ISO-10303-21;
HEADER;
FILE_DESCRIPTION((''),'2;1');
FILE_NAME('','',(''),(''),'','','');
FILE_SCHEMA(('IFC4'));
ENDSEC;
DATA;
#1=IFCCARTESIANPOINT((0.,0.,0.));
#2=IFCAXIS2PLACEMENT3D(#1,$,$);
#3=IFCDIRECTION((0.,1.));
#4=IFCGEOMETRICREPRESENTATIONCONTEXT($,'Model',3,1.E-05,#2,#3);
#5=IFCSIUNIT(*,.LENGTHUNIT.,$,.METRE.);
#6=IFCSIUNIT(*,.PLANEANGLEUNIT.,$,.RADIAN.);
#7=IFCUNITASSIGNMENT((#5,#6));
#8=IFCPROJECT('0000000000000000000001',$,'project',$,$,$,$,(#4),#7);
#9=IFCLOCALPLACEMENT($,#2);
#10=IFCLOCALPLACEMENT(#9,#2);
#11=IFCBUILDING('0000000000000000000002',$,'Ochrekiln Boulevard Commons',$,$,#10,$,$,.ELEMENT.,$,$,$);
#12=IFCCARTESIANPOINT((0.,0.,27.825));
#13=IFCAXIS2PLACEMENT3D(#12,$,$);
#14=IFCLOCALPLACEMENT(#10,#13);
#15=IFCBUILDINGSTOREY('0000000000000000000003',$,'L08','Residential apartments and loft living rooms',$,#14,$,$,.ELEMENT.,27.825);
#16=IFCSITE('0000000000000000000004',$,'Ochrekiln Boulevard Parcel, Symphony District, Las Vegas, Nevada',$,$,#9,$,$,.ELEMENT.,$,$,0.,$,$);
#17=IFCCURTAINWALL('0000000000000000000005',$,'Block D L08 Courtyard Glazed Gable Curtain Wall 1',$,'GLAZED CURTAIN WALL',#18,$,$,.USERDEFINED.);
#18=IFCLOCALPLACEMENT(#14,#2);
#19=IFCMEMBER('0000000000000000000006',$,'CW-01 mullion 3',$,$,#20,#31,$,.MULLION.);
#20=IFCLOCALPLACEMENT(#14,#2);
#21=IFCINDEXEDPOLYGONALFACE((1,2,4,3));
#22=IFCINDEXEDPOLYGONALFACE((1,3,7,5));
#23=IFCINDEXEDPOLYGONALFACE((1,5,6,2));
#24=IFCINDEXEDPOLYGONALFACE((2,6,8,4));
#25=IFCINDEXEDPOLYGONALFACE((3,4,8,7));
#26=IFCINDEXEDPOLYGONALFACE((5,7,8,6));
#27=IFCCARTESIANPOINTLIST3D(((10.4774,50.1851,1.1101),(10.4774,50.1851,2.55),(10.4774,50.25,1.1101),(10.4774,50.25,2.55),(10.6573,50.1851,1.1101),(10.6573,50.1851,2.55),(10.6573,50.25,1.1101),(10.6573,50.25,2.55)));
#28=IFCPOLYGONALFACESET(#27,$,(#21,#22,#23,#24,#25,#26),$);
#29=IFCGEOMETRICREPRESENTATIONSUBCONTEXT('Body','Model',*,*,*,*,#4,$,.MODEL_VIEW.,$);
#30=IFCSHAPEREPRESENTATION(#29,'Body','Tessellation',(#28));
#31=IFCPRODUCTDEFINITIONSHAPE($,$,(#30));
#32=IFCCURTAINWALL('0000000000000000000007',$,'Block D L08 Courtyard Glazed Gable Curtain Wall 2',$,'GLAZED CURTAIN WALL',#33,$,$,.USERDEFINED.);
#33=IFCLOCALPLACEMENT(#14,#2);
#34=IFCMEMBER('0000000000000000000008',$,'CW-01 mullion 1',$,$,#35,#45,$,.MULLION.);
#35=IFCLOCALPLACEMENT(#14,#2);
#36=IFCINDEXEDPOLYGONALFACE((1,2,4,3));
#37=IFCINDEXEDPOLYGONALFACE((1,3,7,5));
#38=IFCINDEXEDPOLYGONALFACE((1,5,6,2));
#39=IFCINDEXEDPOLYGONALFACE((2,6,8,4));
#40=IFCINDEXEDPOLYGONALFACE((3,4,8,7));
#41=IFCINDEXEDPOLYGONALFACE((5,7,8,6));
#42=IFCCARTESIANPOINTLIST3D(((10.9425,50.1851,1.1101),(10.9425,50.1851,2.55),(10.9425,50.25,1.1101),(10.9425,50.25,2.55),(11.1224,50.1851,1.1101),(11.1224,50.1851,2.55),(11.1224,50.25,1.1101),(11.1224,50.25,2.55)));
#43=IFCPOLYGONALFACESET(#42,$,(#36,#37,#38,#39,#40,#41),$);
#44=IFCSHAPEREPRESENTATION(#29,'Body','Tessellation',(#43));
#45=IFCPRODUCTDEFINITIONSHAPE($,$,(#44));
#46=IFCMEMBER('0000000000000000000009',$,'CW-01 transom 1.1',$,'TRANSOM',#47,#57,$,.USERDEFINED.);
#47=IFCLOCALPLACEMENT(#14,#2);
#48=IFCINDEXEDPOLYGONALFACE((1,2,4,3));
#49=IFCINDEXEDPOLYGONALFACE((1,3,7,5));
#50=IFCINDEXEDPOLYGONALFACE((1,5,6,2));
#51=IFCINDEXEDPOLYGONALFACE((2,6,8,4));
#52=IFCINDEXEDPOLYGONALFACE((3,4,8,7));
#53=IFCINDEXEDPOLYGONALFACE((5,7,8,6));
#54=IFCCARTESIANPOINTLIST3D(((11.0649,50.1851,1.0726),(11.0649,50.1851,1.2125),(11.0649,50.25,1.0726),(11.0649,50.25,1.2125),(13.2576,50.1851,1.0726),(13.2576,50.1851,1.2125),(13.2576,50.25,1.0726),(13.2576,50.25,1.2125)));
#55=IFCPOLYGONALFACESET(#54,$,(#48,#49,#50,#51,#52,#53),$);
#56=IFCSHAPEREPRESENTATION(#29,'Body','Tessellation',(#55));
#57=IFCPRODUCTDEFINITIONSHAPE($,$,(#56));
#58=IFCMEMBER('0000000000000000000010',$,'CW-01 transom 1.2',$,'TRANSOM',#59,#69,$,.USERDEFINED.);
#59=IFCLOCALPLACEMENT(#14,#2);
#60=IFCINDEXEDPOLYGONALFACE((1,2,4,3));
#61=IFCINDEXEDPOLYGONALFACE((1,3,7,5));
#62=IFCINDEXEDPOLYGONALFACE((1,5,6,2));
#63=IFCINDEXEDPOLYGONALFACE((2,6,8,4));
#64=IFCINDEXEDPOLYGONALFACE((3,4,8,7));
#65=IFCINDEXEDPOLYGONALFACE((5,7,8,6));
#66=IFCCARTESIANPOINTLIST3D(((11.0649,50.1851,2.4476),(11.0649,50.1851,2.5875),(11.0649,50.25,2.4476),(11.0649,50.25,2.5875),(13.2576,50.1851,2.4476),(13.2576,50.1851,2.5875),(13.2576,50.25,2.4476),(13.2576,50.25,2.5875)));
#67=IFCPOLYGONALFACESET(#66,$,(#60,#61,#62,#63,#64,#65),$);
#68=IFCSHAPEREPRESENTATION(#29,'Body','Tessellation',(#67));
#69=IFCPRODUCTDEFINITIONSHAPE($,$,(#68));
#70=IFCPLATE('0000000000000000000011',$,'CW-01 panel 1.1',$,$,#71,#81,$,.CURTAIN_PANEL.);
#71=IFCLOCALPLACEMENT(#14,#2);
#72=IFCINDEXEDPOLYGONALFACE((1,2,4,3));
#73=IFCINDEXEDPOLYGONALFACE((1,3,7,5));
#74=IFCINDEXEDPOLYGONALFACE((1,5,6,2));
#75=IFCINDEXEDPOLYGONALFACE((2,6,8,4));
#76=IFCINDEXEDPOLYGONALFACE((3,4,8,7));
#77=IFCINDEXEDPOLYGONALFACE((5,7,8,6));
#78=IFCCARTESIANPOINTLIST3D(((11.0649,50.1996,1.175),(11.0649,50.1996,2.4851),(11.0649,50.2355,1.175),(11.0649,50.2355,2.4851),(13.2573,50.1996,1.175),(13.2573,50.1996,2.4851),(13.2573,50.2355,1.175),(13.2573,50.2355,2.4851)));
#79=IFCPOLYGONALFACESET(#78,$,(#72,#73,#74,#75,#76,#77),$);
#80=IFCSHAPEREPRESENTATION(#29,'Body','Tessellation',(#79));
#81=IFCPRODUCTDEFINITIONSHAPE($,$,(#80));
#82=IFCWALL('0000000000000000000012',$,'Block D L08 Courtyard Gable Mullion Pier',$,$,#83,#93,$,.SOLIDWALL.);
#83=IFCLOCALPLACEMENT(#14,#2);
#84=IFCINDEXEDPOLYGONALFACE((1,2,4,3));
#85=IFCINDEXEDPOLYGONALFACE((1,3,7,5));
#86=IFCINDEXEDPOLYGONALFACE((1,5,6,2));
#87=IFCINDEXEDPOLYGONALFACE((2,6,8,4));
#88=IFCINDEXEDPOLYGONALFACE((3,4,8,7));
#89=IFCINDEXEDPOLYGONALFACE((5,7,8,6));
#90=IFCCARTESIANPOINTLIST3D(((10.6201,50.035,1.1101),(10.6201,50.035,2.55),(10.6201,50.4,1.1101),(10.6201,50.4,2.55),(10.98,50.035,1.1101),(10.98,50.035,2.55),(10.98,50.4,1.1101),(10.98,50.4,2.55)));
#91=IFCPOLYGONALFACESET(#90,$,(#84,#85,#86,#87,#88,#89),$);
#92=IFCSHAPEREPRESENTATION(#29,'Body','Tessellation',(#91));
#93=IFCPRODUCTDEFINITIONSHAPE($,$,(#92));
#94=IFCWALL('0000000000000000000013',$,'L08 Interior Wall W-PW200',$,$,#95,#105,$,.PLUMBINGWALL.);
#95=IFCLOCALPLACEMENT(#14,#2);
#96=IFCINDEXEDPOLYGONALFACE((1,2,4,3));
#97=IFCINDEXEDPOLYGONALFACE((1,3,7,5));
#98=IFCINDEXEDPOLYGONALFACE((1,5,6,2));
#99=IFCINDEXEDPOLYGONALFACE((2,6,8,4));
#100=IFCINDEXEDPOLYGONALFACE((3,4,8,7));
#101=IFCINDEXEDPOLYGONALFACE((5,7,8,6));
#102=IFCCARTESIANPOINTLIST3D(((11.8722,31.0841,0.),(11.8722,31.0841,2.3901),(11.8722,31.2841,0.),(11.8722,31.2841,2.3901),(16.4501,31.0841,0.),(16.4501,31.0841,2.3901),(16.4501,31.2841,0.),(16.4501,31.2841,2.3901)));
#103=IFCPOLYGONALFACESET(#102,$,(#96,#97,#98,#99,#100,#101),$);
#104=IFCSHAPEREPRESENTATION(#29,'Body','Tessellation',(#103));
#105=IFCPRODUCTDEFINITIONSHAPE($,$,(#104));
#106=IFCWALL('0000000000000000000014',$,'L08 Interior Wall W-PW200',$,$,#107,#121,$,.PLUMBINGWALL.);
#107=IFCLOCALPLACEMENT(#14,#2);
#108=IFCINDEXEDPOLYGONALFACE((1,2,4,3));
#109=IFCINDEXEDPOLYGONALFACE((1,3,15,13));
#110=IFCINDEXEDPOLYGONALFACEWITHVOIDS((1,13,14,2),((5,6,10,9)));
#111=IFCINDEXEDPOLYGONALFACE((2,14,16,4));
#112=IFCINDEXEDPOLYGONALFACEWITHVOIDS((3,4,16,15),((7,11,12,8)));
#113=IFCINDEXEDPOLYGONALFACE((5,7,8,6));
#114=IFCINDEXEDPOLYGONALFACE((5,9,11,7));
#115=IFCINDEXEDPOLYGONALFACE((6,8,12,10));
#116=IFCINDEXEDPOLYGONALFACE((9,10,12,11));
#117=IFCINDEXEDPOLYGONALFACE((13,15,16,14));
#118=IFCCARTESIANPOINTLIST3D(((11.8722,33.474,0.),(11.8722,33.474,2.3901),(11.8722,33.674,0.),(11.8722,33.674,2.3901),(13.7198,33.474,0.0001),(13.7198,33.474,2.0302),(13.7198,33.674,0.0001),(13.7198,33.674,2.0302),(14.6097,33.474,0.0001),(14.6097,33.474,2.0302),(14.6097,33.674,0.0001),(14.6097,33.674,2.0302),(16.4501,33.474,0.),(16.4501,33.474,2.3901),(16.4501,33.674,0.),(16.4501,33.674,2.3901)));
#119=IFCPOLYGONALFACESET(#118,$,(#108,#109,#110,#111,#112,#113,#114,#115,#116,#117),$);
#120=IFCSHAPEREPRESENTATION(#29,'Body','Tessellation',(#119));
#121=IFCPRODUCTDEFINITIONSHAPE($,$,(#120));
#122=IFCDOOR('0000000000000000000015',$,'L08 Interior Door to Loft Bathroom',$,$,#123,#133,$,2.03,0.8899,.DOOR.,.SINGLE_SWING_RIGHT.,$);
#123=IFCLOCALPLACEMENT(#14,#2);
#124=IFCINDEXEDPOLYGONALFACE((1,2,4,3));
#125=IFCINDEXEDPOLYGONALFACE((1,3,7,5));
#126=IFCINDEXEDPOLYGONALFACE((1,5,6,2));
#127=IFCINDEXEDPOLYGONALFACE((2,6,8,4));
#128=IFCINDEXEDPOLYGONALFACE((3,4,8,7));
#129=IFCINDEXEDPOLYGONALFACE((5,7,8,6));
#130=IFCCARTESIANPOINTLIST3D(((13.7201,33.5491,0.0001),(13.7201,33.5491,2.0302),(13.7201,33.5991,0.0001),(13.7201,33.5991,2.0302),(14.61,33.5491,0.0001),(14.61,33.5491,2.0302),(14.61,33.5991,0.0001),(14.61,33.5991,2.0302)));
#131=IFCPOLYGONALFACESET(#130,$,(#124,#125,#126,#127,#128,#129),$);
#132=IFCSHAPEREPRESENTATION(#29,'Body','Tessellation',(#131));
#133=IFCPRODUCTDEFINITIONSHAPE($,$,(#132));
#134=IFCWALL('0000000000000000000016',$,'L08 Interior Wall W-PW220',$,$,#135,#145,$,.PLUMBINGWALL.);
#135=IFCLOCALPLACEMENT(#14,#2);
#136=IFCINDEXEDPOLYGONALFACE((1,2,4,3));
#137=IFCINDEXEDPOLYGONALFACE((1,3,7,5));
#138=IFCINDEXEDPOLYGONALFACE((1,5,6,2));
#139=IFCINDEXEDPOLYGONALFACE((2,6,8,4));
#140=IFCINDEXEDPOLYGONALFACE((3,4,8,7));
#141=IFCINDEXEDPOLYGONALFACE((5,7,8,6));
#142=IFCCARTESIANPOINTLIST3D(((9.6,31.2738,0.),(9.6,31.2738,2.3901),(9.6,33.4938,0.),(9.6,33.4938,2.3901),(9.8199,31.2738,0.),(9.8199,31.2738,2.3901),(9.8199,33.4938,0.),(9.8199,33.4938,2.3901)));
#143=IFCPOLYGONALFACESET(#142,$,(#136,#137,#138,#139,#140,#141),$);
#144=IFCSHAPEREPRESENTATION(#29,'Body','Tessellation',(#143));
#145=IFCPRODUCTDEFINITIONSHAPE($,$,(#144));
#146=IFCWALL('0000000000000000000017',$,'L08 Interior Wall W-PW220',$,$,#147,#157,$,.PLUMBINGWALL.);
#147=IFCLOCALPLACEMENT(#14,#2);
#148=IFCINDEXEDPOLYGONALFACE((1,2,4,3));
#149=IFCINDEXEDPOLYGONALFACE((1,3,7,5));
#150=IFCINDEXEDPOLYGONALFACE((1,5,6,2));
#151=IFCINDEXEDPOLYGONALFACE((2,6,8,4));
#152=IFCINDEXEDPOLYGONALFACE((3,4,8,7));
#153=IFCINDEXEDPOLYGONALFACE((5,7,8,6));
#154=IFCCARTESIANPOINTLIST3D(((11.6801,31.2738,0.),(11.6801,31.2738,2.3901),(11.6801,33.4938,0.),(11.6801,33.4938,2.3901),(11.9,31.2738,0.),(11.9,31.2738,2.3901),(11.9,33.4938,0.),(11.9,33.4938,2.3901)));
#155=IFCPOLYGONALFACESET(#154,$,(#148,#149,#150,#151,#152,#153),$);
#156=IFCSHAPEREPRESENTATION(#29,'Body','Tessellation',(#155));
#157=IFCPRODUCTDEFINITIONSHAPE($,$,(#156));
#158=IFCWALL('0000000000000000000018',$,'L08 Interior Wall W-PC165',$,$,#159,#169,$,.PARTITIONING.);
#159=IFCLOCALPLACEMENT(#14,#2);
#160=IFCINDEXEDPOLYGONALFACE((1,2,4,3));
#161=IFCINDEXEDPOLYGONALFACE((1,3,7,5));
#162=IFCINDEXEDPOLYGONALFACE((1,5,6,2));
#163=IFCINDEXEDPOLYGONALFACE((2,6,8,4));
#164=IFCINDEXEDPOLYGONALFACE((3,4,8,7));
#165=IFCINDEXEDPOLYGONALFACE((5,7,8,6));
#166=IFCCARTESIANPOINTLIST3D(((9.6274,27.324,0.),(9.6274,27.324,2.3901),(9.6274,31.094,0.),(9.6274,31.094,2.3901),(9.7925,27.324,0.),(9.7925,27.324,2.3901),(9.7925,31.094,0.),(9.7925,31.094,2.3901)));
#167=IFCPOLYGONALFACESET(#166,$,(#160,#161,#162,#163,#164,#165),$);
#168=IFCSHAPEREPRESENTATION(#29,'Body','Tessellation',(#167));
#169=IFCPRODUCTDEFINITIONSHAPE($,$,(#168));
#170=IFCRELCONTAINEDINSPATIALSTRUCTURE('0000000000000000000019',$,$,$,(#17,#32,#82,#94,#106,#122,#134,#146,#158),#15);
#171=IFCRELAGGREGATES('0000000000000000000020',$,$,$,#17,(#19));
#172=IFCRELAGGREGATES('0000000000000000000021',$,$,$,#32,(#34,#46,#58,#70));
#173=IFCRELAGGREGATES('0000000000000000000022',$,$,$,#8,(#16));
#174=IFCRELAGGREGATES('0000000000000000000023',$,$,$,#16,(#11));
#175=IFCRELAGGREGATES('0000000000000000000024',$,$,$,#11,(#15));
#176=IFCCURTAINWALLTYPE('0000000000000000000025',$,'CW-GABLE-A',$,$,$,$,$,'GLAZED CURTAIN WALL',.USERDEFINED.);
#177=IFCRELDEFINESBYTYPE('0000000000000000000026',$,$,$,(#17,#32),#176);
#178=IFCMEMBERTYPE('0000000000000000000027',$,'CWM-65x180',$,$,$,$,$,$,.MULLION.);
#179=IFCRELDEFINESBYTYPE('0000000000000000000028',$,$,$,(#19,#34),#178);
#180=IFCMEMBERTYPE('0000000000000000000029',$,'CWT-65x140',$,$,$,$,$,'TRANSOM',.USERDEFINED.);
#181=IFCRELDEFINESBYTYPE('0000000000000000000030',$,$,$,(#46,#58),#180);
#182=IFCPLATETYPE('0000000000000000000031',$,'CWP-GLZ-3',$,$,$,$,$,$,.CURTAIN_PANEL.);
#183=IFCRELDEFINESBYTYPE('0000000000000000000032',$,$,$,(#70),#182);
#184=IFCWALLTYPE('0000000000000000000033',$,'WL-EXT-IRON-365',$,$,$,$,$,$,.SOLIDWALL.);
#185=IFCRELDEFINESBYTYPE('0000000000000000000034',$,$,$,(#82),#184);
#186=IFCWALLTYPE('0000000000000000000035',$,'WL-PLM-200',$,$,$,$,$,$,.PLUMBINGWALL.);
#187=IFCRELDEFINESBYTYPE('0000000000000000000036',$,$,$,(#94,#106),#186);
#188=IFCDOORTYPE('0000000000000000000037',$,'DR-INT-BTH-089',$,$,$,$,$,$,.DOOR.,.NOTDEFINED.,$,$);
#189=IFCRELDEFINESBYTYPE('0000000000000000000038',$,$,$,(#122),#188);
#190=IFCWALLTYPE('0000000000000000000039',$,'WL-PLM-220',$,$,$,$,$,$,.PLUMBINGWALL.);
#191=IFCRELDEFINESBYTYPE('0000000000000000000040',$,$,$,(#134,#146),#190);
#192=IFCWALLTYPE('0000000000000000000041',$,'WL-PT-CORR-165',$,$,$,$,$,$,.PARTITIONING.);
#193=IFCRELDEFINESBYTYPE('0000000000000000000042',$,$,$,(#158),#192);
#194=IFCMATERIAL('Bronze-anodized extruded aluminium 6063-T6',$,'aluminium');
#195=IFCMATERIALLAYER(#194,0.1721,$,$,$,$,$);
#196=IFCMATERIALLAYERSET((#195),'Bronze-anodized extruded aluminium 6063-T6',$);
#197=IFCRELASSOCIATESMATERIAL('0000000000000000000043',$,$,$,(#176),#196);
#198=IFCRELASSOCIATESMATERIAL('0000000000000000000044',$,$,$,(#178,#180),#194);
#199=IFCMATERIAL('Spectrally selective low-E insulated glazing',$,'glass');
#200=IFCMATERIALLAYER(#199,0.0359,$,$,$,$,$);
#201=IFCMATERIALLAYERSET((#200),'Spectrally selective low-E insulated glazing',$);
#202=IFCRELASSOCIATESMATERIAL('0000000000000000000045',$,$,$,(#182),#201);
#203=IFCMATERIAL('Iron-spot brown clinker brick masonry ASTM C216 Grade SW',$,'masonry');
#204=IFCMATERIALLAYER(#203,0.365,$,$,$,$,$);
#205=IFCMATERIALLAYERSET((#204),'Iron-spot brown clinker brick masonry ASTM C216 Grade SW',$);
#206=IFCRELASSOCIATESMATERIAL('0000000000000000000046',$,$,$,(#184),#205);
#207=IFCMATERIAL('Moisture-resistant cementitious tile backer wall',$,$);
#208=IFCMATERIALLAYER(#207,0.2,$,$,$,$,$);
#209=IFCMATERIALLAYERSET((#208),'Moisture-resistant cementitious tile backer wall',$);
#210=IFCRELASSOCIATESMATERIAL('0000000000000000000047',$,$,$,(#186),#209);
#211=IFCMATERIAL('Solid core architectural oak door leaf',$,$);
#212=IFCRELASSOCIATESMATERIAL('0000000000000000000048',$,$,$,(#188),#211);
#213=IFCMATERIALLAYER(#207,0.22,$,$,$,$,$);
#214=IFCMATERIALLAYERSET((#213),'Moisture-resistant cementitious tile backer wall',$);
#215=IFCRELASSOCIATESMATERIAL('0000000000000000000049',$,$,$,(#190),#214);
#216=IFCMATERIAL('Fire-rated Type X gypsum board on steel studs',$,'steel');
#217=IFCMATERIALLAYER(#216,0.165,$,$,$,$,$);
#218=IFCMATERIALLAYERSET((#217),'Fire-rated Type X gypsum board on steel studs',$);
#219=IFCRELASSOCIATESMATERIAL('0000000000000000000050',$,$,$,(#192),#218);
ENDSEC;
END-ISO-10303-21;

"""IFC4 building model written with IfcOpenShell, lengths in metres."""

from ifc_helpers import new_model, si_unit, direction, frame, frame_2d, origin, origin_2d, place, context, subcontext, project, spatial, rectangle, extrude, material, layer, layer_set, material_profile, profile_set, type_object, element, fill, aggregate, save


model = new_model("IFC4")

# Units and contexts
model_context = context("Model", 3, precision=1e-05, world=origin(), true_north=direction((0.0, 1.0)))
body_context = subcontext(model_context, "Body", "Model", "MODEL_VIEW")
ifc_project = project(units=[si_unit("LENGTHUNIT", "METRE"), si_unit("PLANEANGLEUNIT", "RADIAN")], contexts=[model_context])

# Site, building, storey
site_placement = place(None, origin())
site = spatial("IfcSite", under=ifc_project, at=site_placement, Name="Ochrekiln Boulevard Parcel, Symphony District, Las Vegas, Nevada", CompositionType="ELEMENT", RefElevation=0.0)
building_placement = place(site_placement, origin())
building = spatial("IfcBuilding", under=site, at=building_placement, Name="Ochrekiln Boulevard Commons", CompositionType="ELEMENT")
storey_placement = place(building_placement, frame((0.0, 0.0, 27.825)))
storey = spatial("IfcBuildingStorey", under=building, at=storey_placement, Name="L08", Description="Residential apartments and loft living rooms", CompositionType="ELEMENT", Elevation=27.825)

# Curtain wall, member
ifc_material_1 = material(Name="Bronze-anodized extruded aluminium 6063-T6", Category="aluminium")
ifc_layer_1 = layer(ifc_material_1, 0.1721)
ifc_layer_set_1 = layer_set([ifc_layer_1], Name="Bronze-anodized extruded aluminium 6063-T6")
curtain_wall_type = type_object("IfcCurtainWallType", Name="CW-GABLE-A", ElementType="GLAZED CURTAIN WALL", PredefinedType="USERDEFINED", material=ifc_layer_set_1)
curtain_wall_1_placement = place(storey_placement, origin())
curtain_wall_1 = element("IfcCurtainWall", 1, at=curtain_wall_1_placement, inside=storey, type_object=curtain_wall_type, Name="Block D L08 Courtyard Glazed Gable Curtain Wall 1", ObjectType="GLAZED CURTAIN WALL", PredefinedType="USERDEFINED")
ifc_material_profile_1 = material_profile(ifc_material_1, rectangle(XDim=0.0649, YDim=0.1799, at=origin_2d()), Name="ALU-MUL-65x180")
ifc_profile_set_1 = profile_set([ifc_material_profile_1], Name="Bronze-anodized extruded aluminium 6063-T6")
member_type_1 = type_object("IfcMemberType", Name="CWM-65x180", PredefinedType="MULLION", material=ifc_profile_set_1)
member_1_placement = place(storey_placement, frame((10.5674, 50.2175, 1.1101), z_axis=(0.0, 0.0, 1.0), x_axis=(0.0, 1.0, 0.0)))
member_1 = element("IfcMember", 2, at=member_1_placement, type_object=member_type_1, Name="CW-01 mullion 3", PredefinedType="MULLION", context=body_context, shape_type="SweptSolid", body=[
    extrude(rectangle(XDim=0.0649, YDim=0.1799, at=origin_2d()), origin(), (0.0, 0.0, 1.0), 1.4399),
])
aggregate(curtain_wall_1, [member_1])

# Curtain wall, members, plate
curtain_wall_2_placement = place(storey_placement, origin())
curtain_wall_2 = element("IfcCurtainWall", 3, at=curtain_wall_2_placement, inside=storey, type_object=curtain_wall_type, Name="Block D L08 Courtyard Glazed Gable Curtain Wall 2", ObjectType="GLAZED CURTAIN WALL", PredefinedType="USERDEFINED")
member_2_placement = place(storey_placement, frame((11.0325, 50.2175, 1.1101), z_axis=(0.0, 0.0, 1.0), x_axis=(0.0, 1.0, 0.0)))
member_2 = element("IfcMember", 4, at=member_2_placement, type_object=member_type_1, Name="CW-01 mullion 1", PredefinedType="MULLION", context=body_context, shape_type="SweptSolid", body=[
    extrude(rectangle(XDim=0.0649, YDim=0.1799, at=origin_2d()), origin(), (0.0, 0.0, 1.0), 1.4399),
])
ifc_material_profile_2 = material_profile(ifc_material_1, rectangle(XDim=0.0649, YDim=0.1399, at=origin_2d()), Name="ALU-TRN-65x140")
ifc_profile_set_2 = profile_set([ifc_material_profile_2], Name="Bronze-anodized extruded aluminium 6063-T6")
member_type_2 = type_object("IfcMemberType", Name="CWT-65x140", ElementType="TRANSOM", PredefinedType="USERDEFINED", material=ifc_profile_set_2)
member_3_placement = place(storey_placement, frame((11.0649, 50.2175, 1.1426), z_axis=(1.0, 0.0, 0.0), x_axis=(0.0, 1.0, 0.0)))
member_3 = element("IfcMember", 5, at=member_3_placement, type_object=member_type_2, Name="CW-01 transom 1.1", ObjectType="TRANSOM", PredefinedType="USERDEFINED", context=body_context, shape_type="SweptSolid", body=[
    extrude(rectangle(XDim=0.0649, YDim=0.1399, at=origin_2d()), origin(), (0.0, 0.0, 1.0), 2.1926),
])
member_4_placement = place(storey_placement, frame((11.0649, 50.2175, 2.5176), z_axis=(1.0, 0.0, 0.0), x_axis=(0.0, 1.0, 0.0)))
member_4 = element("IfcMember", 6, at=member_4_placement, type_object=member_type_2, Name="CW-01 transom 1.2", ObjectType="TRANSOM", PredefinedType="USERDEFINED", context=body_context, shape_type="SweptSolid", body=[
    extrude(rectangle(XDim=0.0649, YDim=0.1399, at=origin_2d()), origin(), (0.0, 0.0, 1.0), 2.1926),
])
ifc_material_2 = material(Name="Spectrally selective low-E insulated glazing", Category="glass")
ifc_layer_2 = layer(ifc_material_2, 0.0359)
ifc_layer_set_2 = layer_set([ifc_layer_2], Name="Spectrally selective low-E insulated glazing")
plate_type = type_object("IfcPlateType", Name="CWP-GLZ-3", PredefinedType="CURTAIN_PANEL", material=ifc_layer_set_2)
plate_placement = place(storey_placement, frame((12.1611, 50.2175, 1.175), z_axis=(0.0, 0.0, 1.0), x_axis=(1.0, 0.0, 0.0)))
plate = element("IfcPlate", 7, at=plate_placement, type_object=plate_type, Name="CW-01 panel 1.1", PredefinedType="CURTAIN_PANEL", context=body_context, shape_type="SweptSolid", body=[
    extrude(rectangle(XDim=2.1924, YDim=0.0359, at=origin_2d()), origin(), (0.0, 0.0, 1.0), 1.3101),
])
aggregate(curtain_wall_2, [member_2, member_3, member_4, plate])

# Walls
ifc_material_3 = material(Name="Iron-spot brown clinker brick masonry ASTM C216 Grade SW", Category="masonry")
ifc_layer_3 = layer(ifc_material_3, 0.365)
ifc_layer_set_3 = layer_set([ifc_layer_3], Name="Iron-spot brown clinker brick masonry ASTM C216 Grade SW")
wall_type_1 = type_object("IfcWallType", Name="WL-EXT-IRON-365", PredefinedType="SOLIDWALL", material=ifc_layer_set_3)
wall_1_placement = place(storey_placement, frame((10.6201, 50.2175, 1.1101), z_axis=(0.0, 0.0, 1.0), x_axis=(1.0, 0.0, 0.0)))
element("IfcWall", 8, at=wall_1_placement, inside=storey, type_object=wall_type_1, Name="Block D L08 Courtyard Gable Mullion Pier", PredefinedType="SOLIDWALL", context=body_context, shape_type="SweptSolid", body=[
    extrude(rectangle(XDim=0.3599, YDim=0.365, at=frame_2d((0.1799, 0.0))), origin(), (0.0, 0.0, 1.0), 1.4399),
])
ifc_material_4 = material(Name="Moisture-resistant cementitious tile backer wall")
ifc_layer_4 = layer(ifc_material_4, 0.2)
ifc_layer_set_4 = layer_set([ifc_layer_4], Name="Moisture-resistant cementitious tile backer wall")
wall_type_2 = type_object("IfcWallType", Name="WL-PLM-200", PredefinedType="PLUMBINGWALL", material=ifc_layer_set_4)
wall_2_placement = place(storey_placement, frame((11.8721, 31.1841, 0.0), z_axis=(0.0, 0.0, 1.0), x_axis=(1.0, 0.0, 0.0)))
element("IfcWall", 9, at=wall_2_placement, inside=storey, type_object=wall_type_2, Name="L08 Interior Wall W-PW200", PredefinedType="PLUMBINGWALL", context=body_context, shape_type="SweptSolid", body=[
    extrude(rectangle(XDim=4.5779, YDim=0.2, at=frame_2d((2.2891, 0.0))), origin(), (0.0, 0.0, 1.0), 2.3901),
])

# Wall, opening, door
wall_3_placement = place(storey_placement, frame((11.8721, 33.574, 0.0), z_axis=(0.0, 0.0, 1.0), x_axis=(1.0, 0.0, 0.0)))
wall_3 = element("IfcWall", 10, at=wall_3_placement, inside=storey, type_object=wall_type_2, Name="L08 Interior Wall W-PW200", PredefinedType="PLUMBINGWALL", context=body_context, shape_type="SweptSolid", body=[
    extrude(rectangle(XDim=4.5779, YDim=0.2, at=frame_2d((2.2891, 0.0))), origin(), (0.0, 0.0, 1.0), 2.3901),
])
opening_1_placement = place(wall_3_placement, frame((1.8479, 0.0, 0.0)))
opening_1 = element("IfcOpeningElement", 11, at=opening_1_placement, cuts=wall_3, PredefinedType="OPENING", context=body_context, shape_type="SweptSolid", body=[
    extrude(rectangle(XDim=0.8899, YDim=2.03, at=frame_2d((0.4448, 1.0151))), frame((0.0, 0.1099, 0.0), z_axis=(0.0, -1.0, 0.0), x_axis=(1.0, 0.0, 0.0)), (0.0, 0.0, 1.0), 0.22),
])
ifc_material_5 = material(Name="Solid core architectural oak door leaf")
door_type_1 = type_object("IfcDoorType", Name="DR-INT-BTH-089", OperationType="NOTDEFINED", PredefinedType="DOOR", material=ifc_material_5)
door_1_placement = place(opening_1_placement, frame((0.8899, 0.0, 0.0), z_axis=(0.0, 0.0, 1.0), x_axis=(-1.0, 0.0, 0.0)))
door_1 = element("IfcDoor", 12, at=door_1_placement, inside=storey, type_object=door_type_1, Name="L08 Interior Door to Loft Bathroom", OperationType="SINGLE_SWING_RIGHT", OverallHeight=2.03, OverallWidth=0.8899, PredefinedType="DOOR", context=body_context, shape_type="SweptSolid", body=[
    extrude(rectangle(XDim=0.8899, YDim=2.03, at=frame_2d((0.4448, 1.0151))), frame((0.0, 0.0249, 0.0), z_axis=(0.0, -1.0, 0.0), x_axis=(1.0, 0.0, 0.0)), (0.0, 0.0, 1.0), 0.05),
])
fill(opening_1, door_1)

# Walls
ifc_layer_5 = layer(ifc_material_4, 0.22)
ifc_layer_set_5 = layer_set([ifc_layer_5], Name="Moisture-resistant cementitious tile backer wall")
wall_type_3 = type_object("IfcWallType", Name="WL-PLM-220", PredefinedType="PLUMBINGWALL", material=ifc_layer_set_5)
for number, where, z_axis, x_axis, name in (
    (13, (9.71, 31.2739, 0.0), (0.0, 0.0, 1.0), (0.0, 1.0, 0.0), "L08 Interior Wall W-PW220"),
    (14, (11.79, 31.2739, 0.0), (0.0, 0.0, 1.0), (0.0, 1.0, 0.0), "L08 Interior Wall W-PW220"),
):
    element("IfcWall", number, at=place(storey_placement, frame(where, z_axis=z_axis, x_axis=x_axis)), inside=storey, type_object=wall_type_3, Name=name, PredefinedType="PLUMBINGWALL", context=body_context, shape_type="SweptSolid", body=[
        extrude(rectangle(XDim=2.22, YDim=0.22, at=frame_2d((1.1099, 0.0))), origin(), (0.0, 0.0, 1.0), 2.3901),
    ])
ifc_material_6 = material(Name="Fire-rated Type X gypsum board on steel studs", Category="steel")
ifc_layer_6 = layer(ifc_material_6, 0.165)
ifc_layer_set_6 = layer_set([ifc_layer_6], Name="Fire-rated Type X gypsum board on steel studs")
wall_type_4 = type_object("IfcWallType", Name="WL-PT-CORR-165", PredefinedType="PARTITIONING", material=ifc_layer_set_6)
wall_4_placement = place(storey_placement, frame((9.71, 27.324, 0.0), z_axis=(0.0, 0.0, 1.0), x_axis=(0.0, 1.0, 0.0)))
element("IfcWall", 15, at=wall_4_placement, inside=storey, type_object=wall_type_4, Name="L08 Interior Wall W-PC165", PredefinedType="PARTITIONING", context=body_context, shape_type="SweptSolid", body=[
    extrude(rectangle(XDim=3.77, YDim=0.165, at=frame_2d((1.885, 0.0))), origin(), (0.0, 0.0, 1.0), 2.3901),
])

save(model, "model.ifc")
